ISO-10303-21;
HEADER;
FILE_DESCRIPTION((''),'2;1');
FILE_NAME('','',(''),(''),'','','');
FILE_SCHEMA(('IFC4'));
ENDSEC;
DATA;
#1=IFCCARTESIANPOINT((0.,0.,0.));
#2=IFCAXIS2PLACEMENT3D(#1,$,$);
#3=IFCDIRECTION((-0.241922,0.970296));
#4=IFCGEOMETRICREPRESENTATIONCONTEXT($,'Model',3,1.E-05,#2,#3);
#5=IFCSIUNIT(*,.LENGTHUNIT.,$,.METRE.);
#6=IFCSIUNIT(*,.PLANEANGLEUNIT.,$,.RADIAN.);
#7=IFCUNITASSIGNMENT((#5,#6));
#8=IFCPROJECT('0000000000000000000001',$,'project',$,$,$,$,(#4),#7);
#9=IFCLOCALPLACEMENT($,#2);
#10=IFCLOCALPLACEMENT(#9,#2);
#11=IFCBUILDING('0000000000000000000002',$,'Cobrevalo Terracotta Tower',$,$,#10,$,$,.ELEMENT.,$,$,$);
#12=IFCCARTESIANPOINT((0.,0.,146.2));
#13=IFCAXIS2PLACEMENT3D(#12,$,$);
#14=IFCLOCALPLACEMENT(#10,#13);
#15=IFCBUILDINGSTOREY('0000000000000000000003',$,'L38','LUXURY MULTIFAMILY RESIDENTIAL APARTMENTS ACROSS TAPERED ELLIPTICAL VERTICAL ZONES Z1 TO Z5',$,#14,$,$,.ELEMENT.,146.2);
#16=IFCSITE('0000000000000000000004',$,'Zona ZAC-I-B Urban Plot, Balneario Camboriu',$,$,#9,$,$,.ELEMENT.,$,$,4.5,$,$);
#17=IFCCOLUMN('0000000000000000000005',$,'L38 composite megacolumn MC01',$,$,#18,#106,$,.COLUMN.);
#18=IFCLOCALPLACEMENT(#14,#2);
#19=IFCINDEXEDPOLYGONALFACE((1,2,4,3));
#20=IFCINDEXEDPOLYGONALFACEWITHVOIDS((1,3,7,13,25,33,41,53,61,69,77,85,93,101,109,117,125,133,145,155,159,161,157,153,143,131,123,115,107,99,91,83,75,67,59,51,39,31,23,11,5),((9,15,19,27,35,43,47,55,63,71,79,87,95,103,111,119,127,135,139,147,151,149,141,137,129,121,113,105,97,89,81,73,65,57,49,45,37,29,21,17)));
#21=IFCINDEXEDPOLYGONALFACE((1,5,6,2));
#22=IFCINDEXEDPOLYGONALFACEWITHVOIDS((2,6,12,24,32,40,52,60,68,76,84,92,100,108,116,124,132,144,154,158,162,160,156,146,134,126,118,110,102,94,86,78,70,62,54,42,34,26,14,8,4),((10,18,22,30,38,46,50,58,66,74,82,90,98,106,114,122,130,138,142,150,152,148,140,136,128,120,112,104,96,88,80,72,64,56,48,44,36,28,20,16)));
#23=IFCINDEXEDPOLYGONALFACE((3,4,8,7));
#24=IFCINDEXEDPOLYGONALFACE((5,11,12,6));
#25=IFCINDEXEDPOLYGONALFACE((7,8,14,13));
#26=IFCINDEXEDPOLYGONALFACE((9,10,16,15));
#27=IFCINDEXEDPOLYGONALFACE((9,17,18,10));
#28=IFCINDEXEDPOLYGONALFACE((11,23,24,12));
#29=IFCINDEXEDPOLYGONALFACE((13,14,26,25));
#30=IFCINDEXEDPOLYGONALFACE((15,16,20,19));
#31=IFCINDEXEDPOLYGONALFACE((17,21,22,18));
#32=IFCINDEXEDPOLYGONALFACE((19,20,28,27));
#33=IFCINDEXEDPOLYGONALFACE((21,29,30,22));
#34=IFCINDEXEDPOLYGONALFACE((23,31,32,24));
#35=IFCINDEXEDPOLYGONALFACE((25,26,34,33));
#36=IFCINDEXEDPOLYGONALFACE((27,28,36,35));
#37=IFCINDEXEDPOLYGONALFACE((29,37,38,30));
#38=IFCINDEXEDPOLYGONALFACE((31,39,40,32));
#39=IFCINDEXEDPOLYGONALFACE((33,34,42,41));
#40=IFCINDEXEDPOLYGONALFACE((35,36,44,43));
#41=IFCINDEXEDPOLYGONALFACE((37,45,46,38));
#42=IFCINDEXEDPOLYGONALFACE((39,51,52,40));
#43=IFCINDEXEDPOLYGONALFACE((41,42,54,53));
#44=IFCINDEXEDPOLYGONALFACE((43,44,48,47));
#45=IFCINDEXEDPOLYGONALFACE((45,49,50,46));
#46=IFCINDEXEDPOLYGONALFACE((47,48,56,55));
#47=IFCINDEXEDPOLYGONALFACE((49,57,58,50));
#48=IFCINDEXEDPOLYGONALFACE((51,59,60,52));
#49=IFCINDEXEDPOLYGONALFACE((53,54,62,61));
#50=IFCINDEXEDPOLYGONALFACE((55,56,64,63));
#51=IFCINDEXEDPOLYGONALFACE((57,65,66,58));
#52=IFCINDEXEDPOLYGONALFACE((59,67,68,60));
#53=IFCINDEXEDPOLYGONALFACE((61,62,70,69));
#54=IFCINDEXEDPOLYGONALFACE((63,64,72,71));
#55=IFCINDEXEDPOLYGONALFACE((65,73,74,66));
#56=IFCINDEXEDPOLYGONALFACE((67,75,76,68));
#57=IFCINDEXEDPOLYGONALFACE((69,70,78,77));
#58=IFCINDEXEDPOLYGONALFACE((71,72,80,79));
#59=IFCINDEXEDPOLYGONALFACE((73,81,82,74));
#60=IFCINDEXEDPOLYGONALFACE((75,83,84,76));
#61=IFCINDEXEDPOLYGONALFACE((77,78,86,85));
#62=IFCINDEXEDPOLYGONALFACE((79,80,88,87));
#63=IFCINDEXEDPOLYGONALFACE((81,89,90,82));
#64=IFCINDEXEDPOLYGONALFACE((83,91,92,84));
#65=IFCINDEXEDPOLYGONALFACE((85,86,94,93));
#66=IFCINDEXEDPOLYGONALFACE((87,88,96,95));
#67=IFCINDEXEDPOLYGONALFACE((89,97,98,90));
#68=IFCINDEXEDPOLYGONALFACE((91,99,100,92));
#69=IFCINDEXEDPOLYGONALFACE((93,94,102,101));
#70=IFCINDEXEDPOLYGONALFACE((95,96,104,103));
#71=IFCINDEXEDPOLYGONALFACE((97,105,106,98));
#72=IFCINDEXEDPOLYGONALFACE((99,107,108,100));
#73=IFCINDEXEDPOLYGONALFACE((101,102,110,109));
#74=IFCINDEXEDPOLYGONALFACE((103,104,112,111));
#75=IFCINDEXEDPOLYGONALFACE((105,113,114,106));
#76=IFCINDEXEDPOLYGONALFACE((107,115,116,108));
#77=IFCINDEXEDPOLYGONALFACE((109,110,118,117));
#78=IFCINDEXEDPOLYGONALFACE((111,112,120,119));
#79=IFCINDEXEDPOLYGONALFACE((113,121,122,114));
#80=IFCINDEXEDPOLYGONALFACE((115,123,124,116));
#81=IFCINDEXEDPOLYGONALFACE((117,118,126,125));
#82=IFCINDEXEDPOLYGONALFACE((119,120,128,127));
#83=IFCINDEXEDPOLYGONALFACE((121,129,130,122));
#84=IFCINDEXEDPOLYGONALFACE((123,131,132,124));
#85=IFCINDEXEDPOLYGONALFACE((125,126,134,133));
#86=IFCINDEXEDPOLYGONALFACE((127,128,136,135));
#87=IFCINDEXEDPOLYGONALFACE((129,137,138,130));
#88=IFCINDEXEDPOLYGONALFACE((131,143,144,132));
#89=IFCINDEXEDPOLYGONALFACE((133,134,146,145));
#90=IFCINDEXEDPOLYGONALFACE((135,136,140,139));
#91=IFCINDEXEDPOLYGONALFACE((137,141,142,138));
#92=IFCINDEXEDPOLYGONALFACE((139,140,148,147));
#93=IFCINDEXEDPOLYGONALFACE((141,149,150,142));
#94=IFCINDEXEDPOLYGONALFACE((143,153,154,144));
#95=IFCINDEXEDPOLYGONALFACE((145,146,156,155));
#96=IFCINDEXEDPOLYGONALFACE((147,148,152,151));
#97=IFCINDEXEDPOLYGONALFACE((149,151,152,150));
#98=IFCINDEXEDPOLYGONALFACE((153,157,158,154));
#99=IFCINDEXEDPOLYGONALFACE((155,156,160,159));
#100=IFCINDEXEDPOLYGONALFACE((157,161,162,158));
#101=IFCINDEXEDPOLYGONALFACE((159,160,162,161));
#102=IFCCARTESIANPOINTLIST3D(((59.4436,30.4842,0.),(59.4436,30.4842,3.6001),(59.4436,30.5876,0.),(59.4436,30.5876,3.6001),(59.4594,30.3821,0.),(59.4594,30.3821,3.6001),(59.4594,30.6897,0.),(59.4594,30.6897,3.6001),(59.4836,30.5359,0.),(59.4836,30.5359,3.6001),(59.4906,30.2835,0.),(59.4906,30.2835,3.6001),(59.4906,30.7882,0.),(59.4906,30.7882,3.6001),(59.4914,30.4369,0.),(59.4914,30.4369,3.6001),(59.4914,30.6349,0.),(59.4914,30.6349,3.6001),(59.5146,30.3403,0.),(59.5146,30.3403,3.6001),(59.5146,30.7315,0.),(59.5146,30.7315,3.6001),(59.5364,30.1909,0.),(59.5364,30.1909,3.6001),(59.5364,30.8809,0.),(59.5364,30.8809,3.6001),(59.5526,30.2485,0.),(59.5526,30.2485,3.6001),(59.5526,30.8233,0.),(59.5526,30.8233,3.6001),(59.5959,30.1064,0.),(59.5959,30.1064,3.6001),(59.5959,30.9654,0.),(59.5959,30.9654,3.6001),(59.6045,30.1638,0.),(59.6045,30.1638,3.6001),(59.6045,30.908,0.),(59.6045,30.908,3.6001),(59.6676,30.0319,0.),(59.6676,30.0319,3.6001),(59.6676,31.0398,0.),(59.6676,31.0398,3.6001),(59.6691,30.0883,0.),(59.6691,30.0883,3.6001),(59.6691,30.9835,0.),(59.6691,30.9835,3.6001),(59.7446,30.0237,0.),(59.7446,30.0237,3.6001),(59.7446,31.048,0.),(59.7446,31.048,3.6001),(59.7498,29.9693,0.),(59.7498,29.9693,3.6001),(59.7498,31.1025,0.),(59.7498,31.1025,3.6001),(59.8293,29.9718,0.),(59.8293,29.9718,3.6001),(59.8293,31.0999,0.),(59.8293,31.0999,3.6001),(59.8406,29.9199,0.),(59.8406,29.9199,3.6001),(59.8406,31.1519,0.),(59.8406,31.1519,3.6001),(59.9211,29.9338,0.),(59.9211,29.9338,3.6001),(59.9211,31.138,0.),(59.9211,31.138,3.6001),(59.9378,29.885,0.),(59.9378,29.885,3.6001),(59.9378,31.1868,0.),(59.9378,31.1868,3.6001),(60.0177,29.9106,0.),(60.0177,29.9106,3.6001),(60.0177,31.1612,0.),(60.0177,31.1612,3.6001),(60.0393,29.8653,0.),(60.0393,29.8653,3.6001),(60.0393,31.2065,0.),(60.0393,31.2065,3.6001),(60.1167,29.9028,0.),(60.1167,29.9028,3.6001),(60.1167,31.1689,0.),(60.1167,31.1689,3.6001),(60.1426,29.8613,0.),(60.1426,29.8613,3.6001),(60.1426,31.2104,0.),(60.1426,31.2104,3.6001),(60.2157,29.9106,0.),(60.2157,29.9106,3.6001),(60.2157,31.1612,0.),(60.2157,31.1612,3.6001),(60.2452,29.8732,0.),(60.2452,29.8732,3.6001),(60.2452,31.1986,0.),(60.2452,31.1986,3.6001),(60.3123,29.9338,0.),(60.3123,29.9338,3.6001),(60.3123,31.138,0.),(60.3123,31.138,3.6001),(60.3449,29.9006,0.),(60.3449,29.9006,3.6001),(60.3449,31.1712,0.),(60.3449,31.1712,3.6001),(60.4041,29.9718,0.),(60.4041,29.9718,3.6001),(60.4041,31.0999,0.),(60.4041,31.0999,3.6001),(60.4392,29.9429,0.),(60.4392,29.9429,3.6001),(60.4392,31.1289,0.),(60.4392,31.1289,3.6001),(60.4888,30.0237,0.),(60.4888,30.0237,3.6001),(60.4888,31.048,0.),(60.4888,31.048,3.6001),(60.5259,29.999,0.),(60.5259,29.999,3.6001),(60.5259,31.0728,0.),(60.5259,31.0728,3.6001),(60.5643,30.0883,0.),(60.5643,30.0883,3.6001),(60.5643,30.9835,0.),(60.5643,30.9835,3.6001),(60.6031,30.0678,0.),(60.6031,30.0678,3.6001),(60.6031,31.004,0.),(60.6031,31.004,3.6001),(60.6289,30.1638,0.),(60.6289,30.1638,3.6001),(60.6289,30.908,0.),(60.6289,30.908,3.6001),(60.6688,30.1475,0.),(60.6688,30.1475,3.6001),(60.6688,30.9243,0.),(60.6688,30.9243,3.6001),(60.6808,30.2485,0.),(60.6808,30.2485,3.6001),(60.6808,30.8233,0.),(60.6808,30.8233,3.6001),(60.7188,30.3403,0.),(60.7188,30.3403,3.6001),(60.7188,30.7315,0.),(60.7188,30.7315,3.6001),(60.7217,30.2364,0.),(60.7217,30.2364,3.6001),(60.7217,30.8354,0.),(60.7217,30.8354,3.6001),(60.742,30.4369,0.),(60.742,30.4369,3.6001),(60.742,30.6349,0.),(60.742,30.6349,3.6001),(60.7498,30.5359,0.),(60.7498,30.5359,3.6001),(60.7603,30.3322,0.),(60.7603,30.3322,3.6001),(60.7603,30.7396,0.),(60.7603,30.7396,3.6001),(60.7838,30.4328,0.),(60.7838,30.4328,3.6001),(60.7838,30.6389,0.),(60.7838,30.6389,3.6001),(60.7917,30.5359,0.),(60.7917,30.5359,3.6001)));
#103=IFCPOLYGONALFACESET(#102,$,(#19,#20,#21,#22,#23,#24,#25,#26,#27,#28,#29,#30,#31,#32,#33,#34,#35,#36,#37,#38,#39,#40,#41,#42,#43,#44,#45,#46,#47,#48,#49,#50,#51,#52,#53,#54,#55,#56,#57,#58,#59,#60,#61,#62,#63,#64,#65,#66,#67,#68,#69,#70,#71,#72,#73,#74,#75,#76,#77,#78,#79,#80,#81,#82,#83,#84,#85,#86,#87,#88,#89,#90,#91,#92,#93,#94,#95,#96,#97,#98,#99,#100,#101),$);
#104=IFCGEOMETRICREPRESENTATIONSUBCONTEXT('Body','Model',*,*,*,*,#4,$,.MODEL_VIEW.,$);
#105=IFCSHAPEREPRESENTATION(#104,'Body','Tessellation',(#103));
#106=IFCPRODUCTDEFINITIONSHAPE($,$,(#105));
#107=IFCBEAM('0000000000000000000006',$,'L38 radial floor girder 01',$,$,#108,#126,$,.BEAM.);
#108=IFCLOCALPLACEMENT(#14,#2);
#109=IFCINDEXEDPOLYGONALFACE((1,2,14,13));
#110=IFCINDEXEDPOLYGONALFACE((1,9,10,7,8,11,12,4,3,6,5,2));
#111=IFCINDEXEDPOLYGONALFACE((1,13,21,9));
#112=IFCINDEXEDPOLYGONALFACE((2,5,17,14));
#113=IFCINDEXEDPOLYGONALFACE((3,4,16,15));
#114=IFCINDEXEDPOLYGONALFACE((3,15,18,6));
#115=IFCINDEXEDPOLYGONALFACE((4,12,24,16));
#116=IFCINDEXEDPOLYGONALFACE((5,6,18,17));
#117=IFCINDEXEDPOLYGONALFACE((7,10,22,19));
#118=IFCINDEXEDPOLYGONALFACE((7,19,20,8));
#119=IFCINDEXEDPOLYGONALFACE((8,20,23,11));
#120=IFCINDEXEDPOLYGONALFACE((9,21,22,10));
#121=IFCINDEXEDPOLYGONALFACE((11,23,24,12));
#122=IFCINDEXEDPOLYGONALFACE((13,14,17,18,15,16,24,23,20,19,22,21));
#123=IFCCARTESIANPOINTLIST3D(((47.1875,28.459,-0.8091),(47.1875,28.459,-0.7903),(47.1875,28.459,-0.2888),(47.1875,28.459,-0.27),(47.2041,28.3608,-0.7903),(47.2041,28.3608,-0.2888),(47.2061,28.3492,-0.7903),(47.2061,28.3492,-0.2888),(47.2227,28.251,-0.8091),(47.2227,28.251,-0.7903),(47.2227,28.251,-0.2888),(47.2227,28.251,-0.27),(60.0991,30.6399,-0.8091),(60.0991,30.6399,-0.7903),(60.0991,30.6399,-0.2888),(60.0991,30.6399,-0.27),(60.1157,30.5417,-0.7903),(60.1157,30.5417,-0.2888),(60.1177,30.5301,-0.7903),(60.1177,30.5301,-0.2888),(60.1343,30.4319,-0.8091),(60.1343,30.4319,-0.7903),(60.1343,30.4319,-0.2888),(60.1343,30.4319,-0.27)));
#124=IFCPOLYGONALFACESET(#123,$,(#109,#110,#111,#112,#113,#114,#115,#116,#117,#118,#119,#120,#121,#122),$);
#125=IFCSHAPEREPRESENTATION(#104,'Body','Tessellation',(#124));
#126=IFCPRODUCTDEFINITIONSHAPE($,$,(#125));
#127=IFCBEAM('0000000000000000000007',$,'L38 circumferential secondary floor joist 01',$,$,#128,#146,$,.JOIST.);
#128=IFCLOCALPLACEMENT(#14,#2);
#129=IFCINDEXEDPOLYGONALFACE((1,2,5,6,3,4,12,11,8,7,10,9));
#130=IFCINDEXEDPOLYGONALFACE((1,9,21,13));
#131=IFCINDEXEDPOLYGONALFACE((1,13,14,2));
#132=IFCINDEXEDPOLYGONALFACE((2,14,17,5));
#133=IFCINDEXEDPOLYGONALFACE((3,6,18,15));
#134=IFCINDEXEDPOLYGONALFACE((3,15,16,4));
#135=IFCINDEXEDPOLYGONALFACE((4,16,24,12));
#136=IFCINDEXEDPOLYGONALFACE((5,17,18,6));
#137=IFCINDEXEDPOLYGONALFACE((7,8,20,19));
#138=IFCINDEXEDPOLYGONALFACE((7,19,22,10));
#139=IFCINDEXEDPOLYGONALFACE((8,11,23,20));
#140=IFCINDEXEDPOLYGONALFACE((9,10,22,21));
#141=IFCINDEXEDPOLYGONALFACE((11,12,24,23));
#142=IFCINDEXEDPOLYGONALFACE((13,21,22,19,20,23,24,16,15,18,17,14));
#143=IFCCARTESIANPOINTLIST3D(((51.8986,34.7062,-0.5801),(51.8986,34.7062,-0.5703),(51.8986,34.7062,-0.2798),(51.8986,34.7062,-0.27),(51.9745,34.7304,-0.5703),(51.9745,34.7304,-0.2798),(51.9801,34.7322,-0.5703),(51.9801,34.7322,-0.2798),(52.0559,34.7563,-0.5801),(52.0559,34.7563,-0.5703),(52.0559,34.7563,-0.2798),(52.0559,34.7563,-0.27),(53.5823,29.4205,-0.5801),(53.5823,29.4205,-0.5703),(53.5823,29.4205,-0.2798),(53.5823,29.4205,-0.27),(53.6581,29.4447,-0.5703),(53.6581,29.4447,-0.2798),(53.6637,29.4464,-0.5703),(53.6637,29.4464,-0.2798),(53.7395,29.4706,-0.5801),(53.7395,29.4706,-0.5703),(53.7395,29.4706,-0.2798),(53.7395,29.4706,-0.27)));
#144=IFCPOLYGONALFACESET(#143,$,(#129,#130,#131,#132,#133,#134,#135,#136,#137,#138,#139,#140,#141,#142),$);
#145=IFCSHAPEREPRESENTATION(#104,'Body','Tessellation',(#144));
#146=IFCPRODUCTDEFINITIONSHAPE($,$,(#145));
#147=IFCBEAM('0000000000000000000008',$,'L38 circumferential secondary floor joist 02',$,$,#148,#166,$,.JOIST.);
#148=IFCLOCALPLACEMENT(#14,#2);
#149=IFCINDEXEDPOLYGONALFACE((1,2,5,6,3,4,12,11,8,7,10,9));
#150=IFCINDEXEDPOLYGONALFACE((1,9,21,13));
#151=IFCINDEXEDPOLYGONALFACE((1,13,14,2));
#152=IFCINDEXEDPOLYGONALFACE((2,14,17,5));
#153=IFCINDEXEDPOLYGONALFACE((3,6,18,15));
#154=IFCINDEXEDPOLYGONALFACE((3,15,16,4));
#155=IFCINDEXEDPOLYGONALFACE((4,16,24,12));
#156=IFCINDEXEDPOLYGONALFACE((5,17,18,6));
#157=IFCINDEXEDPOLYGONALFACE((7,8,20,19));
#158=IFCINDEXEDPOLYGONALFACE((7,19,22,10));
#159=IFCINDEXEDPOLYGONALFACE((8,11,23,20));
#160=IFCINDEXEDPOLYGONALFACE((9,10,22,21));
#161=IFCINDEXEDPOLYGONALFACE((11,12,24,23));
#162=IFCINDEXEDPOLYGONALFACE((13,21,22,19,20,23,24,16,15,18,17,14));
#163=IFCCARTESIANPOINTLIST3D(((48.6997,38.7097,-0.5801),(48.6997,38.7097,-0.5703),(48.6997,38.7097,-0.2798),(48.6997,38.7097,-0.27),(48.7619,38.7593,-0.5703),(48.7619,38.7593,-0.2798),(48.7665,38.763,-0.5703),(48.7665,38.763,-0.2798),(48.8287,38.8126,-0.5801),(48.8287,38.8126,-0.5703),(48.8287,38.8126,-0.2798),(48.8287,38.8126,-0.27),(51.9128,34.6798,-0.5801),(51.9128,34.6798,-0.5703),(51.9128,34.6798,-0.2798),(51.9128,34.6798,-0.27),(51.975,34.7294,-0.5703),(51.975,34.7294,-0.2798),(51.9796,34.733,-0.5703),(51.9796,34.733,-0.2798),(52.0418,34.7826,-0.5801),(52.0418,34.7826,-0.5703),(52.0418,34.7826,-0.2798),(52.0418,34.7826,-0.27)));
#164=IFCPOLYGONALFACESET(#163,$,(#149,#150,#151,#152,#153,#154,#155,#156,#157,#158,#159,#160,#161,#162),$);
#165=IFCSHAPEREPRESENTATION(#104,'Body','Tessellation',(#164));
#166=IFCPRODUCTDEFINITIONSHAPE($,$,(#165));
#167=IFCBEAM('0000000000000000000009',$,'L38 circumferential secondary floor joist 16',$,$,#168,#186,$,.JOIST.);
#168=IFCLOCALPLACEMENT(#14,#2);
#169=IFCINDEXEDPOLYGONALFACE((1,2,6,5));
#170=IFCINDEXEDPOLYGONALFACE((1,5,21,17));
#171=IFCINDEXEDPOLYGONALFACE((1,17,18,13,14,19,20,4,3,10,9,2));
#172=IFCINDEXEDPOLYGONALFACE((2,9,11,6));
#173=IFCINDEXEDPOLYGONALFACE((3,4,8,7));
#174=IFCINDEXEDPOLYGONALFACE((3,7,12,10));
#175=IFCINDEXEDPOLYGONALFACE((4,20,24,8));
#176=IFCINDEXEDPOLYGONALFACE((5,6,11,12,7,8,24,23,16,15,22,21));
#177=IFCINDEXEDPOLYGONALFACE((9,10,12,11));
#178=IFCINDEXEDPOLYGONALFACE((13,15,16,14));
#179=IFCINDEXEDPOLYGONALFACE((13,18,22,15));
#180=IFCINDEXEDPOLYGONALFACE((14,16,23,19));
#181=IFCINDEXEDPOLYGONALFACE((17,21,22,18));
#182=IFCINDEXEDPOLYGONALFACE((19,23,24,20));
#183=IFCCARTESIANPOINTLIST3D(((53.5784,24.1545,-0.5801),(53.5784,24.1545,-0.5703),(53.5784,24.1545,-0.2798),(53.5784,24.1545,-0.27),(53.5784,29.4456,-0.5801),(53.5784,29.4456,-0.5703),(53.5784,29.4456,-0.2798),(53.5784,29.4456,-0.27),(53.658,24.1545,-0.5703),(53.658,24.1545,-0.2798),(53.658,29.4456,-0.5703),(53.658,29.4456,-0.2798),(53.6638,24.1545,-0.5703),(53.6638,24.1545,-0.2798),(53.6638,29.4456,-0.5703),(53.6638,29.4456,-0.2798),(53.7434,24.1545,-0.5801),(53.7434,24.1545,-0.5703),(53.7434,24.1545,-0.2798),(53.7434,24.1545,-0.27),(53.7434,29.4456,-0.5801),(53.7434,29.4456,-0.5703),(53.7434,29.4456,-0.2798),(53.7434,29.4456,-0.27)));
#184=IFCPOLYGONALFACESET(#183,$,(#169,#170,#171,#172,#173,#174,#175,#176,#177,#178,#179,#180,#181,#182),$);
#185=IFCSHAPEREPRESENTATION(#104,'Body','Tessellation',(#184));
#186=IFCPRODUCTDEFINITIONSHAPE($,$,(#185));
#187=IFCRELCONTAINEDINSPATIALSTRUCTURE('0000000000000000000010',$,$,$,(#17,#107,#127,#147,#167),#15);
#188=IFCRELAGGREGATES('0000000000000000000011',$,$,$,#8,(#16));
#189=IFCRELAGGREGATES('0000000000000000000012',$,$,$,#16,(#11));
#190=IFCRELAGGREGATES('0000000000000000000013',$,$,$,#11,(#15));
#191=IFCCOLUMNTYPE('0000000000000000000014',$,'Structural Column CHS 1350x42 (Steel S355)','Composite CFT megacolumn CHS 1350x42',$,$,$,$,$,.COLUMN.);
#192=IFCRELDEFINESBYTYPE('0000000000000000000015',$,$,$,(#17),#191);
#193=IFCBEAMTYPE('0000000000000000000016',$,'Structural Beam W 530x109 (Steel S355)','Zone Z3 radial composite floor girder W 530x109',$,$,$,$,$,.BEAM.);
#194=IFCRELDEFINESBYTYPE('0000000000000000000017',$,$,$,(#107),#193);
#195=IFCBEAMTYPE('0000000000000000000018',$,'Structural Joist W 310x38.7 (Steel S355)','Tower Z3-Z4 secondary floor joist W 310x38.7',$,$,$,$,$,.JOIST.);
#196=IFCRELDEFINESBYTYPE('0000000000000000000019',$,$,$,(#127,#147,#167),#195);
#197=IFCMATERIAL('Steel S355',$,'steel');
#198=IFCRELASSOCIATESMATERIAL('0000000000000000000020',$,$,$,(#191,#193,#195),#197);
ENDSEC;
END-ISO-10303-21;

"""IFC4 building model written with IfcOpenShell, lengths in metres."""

from ifc_helpers import new_model, si_unit, direction, frame, origin, origin_2d, place, context, subcontext, project, spatial, hollow_circle, i_section, extrude, material, material_profile, profile_set, type_object, element, save


model = new_model("IFC4")

# Units and contexts
model_context = context("Model", 3, precision=1e-05, world=origin(), true_north=direction((-0.241922, 0.970296)))
body_context = subcontext(model_context, "Body", "Model", "MODEL_VIEW")
ifc_project = project(units=[si_unit("LENGTHUNIT", "METRE"), si_unit("PLANEANGLEUNIT", "RADIAN")], contexts=[model_context])

# Site, building, storey
site_placement = place(None, origin())
site = spatial("IfcSite", under=ifc_project, at=site_placement, Name="Zona ZAC-I-B Urban Plot, Balneario Camboriu", CompositionType="ELEMENT", RefElevation=4.5)
building_placement = place(site_placement, origin())
building = spatial("IfcBuilding", under=site, at=building_placement, Name="Cobrevalo Terracotta Tower", CompositionType="ELEMENT")
storey_placement = place(building_placement, frame((0.0, 0.0, 146.2)))
storey = spatial("IfcBuildingStorey", under=building, at=storey_placement, Name="L38", Description="LUXURY MULTIFAMILY RESIDENTIAL APARTMENTS ACROSS TAPERED ELLIPTICAL VERTICAL ZONES Z1 TO Z5", CompositionType="ELEMENT", Elevation=146.2)

# Column
ifc_material_1 = material(Name="Steel S355", Category="steel")
ifc_material_profile_1 = material_profile(ifc_material_1, hollow_circle(Radius=0.675, WallThickness=0.042, at=origin_2d()), Name="CHS 1350x42")
ifc_profile_set_1 = profile_set([ifc_material_profile_1], Name="Steel S355")
column_type = type_object("IfcColumnType", Name="Structural Column CHS 1350x42 (Steel S355)", Description="Composite CFT megacolumn CHS 1350x42", PredefinedType="COLUMN", material=ifc_profile_set_1)
column_placement = place(storey_placement, frame((60.1167, 30.5359, 0.0), z_axis=(0.0, 0.0, 1.0), x_axis=(1.0, 0.0, 0.0)))
element("IfcColumn", 1, at=column_placement, inside=storey, type_object=column_type, Name="L38 composite megacolumn MC01", PredefinedType="COLUMN", context=body_context, shape_type="SweptSolid", body=[
    extrude(hollow_circle(Radius=0.675, WallThickness=0.042, at=origin_2d()), origin(), (0.0, 0.0, 1.0), 3.6001),
])

# Beams
ifc_material_profile_2 = material_profile(ifc_material_1, i_section(OverallWidth=0.2109, OverallDepth=0.5391, WebThickness=0.0117, FlangeThickness=0.0188, at=origin_2d()), Name="W 530x109")
ifc_profile_set_2 = profile_set([ifc_material_profile_2], Name="Steel S355")
beam_type_1 = type_object("IfcBeamType", Name="Structural Beam W 530x109 (Steel S355)", Description="Zone Z3 radial composite floor girder W 530x109", PredefinedType="BEAM", material=ifc_profile_set_2)
beam_1_placement = place(storey_placement, frame((60.1167, 30.5359, -0.5396), z_axis=(-0.986033, -0.166551, 0.0), x_axis=(0.166551, -0.986033, 0.0)))
element("IfcBeam", 2, at=beam_1_placement, inside=storey, type_object=beam_type_1, Name="L38 radial floor girder 01", PredefinedType="BEAM", context=body_context, shape_type="SweptSolid", body=[
    extrude(i_section(OverallWidth=0.2109, OverallDepth=0.5391, WebThickness=0.0117, FlangeThickness=0.0188, at=origin_2d()), origin(), (0.0, 0.0, 1.0), 13.0945),
])
ifc_material_profile_3 = material_profile(ifc_material_1, i_section(OverallWidth=0.165, OverallDepth=0.3101, WebThickness=0.0059, FlangeThickness=0.0098, at=origin_2d()), Name="W 310x38.7")
ifc_profile_set_3 = profile_set([ifc_material_profile_3], Name="Steel S355")
beam_type_2 = type_object("IfcBeamType", Name="Structural Joist W 310x38.7 (Steel S355)", Description="Tower Z3-Z4 secondary floor joist W 310x38.7", PredefinedType="JOIST", material=ifc_profile_set_3)
beam_2_placement = place(storey_placement, frame((53.6609, 29.4456, -0.425), z_axis=(-0.303498, 0.952832, 0.0), x_axis=(-0.952832, -0.303498, 0.0)))
element("IfcBeam", 3, at=beam_2_placement, inside=storey, type_object=beam_type_2, Name="L38 circumferential secondary floor joist 01", PredefinedType="JOIST", context=body_context, shape_type="SweptSolid", body=[
    extrude(i_section(OverallWidth=0.165, OverallDepth=0.3101, WebThickness=0.0059, FlangeThickness=0.0098, at=origin_2d()), origin(), (0.0, 0.0, 1.0), 5.5474),
])
beam_3_placement = place(storey_placement, frame((51.9773, 34.7312, -0.425), z_axis=(-0.623406, 0.781898, 0.0), x_axis=(-0.781898, -0.623406, 0.0)))
element("IfcBeam", 4, at=beam_3_placement, inside=storey, type_object=beam_type_2, Name="L38 circumferential secondary floor joist 02", PredefinedType="JOIST", context=body_context, shape_type="SweptSolid", body=[
    extrude(i_section(OverallWidth=0.165, OverallDepth=0.3101, WebThickness=0.0059, FlangeThickness=0.0098, at=origin_2d()), origin(), (0.0, 0.0, 1.0), 5.1541),
])
beam_4_placement = place(storey_placement, frame((53.6609, 24.1545, -0.425), z_axis=(0.0, 1.0, 0.0), x_axis=(-1.0, 0.0, 0.0)))
element("IfcBeam", 5, at=beam_4_placement, inside=storey, type_object=beam_type_2, Name="L38 circumferential secondary floor joist 16", PredefinedType="JOIST", context=body_context, shape_type="SweptSolid", body=[
    extrude(i_section(OverallWidth=0.165, OverallDepth=0.3101, WebThickness=0.0059, FlangeThickness=0.0098, at=origin_2d()), origin(), (0.0, 0.0, 1.0), 5.291),
])

save(model, "model.ifc")
